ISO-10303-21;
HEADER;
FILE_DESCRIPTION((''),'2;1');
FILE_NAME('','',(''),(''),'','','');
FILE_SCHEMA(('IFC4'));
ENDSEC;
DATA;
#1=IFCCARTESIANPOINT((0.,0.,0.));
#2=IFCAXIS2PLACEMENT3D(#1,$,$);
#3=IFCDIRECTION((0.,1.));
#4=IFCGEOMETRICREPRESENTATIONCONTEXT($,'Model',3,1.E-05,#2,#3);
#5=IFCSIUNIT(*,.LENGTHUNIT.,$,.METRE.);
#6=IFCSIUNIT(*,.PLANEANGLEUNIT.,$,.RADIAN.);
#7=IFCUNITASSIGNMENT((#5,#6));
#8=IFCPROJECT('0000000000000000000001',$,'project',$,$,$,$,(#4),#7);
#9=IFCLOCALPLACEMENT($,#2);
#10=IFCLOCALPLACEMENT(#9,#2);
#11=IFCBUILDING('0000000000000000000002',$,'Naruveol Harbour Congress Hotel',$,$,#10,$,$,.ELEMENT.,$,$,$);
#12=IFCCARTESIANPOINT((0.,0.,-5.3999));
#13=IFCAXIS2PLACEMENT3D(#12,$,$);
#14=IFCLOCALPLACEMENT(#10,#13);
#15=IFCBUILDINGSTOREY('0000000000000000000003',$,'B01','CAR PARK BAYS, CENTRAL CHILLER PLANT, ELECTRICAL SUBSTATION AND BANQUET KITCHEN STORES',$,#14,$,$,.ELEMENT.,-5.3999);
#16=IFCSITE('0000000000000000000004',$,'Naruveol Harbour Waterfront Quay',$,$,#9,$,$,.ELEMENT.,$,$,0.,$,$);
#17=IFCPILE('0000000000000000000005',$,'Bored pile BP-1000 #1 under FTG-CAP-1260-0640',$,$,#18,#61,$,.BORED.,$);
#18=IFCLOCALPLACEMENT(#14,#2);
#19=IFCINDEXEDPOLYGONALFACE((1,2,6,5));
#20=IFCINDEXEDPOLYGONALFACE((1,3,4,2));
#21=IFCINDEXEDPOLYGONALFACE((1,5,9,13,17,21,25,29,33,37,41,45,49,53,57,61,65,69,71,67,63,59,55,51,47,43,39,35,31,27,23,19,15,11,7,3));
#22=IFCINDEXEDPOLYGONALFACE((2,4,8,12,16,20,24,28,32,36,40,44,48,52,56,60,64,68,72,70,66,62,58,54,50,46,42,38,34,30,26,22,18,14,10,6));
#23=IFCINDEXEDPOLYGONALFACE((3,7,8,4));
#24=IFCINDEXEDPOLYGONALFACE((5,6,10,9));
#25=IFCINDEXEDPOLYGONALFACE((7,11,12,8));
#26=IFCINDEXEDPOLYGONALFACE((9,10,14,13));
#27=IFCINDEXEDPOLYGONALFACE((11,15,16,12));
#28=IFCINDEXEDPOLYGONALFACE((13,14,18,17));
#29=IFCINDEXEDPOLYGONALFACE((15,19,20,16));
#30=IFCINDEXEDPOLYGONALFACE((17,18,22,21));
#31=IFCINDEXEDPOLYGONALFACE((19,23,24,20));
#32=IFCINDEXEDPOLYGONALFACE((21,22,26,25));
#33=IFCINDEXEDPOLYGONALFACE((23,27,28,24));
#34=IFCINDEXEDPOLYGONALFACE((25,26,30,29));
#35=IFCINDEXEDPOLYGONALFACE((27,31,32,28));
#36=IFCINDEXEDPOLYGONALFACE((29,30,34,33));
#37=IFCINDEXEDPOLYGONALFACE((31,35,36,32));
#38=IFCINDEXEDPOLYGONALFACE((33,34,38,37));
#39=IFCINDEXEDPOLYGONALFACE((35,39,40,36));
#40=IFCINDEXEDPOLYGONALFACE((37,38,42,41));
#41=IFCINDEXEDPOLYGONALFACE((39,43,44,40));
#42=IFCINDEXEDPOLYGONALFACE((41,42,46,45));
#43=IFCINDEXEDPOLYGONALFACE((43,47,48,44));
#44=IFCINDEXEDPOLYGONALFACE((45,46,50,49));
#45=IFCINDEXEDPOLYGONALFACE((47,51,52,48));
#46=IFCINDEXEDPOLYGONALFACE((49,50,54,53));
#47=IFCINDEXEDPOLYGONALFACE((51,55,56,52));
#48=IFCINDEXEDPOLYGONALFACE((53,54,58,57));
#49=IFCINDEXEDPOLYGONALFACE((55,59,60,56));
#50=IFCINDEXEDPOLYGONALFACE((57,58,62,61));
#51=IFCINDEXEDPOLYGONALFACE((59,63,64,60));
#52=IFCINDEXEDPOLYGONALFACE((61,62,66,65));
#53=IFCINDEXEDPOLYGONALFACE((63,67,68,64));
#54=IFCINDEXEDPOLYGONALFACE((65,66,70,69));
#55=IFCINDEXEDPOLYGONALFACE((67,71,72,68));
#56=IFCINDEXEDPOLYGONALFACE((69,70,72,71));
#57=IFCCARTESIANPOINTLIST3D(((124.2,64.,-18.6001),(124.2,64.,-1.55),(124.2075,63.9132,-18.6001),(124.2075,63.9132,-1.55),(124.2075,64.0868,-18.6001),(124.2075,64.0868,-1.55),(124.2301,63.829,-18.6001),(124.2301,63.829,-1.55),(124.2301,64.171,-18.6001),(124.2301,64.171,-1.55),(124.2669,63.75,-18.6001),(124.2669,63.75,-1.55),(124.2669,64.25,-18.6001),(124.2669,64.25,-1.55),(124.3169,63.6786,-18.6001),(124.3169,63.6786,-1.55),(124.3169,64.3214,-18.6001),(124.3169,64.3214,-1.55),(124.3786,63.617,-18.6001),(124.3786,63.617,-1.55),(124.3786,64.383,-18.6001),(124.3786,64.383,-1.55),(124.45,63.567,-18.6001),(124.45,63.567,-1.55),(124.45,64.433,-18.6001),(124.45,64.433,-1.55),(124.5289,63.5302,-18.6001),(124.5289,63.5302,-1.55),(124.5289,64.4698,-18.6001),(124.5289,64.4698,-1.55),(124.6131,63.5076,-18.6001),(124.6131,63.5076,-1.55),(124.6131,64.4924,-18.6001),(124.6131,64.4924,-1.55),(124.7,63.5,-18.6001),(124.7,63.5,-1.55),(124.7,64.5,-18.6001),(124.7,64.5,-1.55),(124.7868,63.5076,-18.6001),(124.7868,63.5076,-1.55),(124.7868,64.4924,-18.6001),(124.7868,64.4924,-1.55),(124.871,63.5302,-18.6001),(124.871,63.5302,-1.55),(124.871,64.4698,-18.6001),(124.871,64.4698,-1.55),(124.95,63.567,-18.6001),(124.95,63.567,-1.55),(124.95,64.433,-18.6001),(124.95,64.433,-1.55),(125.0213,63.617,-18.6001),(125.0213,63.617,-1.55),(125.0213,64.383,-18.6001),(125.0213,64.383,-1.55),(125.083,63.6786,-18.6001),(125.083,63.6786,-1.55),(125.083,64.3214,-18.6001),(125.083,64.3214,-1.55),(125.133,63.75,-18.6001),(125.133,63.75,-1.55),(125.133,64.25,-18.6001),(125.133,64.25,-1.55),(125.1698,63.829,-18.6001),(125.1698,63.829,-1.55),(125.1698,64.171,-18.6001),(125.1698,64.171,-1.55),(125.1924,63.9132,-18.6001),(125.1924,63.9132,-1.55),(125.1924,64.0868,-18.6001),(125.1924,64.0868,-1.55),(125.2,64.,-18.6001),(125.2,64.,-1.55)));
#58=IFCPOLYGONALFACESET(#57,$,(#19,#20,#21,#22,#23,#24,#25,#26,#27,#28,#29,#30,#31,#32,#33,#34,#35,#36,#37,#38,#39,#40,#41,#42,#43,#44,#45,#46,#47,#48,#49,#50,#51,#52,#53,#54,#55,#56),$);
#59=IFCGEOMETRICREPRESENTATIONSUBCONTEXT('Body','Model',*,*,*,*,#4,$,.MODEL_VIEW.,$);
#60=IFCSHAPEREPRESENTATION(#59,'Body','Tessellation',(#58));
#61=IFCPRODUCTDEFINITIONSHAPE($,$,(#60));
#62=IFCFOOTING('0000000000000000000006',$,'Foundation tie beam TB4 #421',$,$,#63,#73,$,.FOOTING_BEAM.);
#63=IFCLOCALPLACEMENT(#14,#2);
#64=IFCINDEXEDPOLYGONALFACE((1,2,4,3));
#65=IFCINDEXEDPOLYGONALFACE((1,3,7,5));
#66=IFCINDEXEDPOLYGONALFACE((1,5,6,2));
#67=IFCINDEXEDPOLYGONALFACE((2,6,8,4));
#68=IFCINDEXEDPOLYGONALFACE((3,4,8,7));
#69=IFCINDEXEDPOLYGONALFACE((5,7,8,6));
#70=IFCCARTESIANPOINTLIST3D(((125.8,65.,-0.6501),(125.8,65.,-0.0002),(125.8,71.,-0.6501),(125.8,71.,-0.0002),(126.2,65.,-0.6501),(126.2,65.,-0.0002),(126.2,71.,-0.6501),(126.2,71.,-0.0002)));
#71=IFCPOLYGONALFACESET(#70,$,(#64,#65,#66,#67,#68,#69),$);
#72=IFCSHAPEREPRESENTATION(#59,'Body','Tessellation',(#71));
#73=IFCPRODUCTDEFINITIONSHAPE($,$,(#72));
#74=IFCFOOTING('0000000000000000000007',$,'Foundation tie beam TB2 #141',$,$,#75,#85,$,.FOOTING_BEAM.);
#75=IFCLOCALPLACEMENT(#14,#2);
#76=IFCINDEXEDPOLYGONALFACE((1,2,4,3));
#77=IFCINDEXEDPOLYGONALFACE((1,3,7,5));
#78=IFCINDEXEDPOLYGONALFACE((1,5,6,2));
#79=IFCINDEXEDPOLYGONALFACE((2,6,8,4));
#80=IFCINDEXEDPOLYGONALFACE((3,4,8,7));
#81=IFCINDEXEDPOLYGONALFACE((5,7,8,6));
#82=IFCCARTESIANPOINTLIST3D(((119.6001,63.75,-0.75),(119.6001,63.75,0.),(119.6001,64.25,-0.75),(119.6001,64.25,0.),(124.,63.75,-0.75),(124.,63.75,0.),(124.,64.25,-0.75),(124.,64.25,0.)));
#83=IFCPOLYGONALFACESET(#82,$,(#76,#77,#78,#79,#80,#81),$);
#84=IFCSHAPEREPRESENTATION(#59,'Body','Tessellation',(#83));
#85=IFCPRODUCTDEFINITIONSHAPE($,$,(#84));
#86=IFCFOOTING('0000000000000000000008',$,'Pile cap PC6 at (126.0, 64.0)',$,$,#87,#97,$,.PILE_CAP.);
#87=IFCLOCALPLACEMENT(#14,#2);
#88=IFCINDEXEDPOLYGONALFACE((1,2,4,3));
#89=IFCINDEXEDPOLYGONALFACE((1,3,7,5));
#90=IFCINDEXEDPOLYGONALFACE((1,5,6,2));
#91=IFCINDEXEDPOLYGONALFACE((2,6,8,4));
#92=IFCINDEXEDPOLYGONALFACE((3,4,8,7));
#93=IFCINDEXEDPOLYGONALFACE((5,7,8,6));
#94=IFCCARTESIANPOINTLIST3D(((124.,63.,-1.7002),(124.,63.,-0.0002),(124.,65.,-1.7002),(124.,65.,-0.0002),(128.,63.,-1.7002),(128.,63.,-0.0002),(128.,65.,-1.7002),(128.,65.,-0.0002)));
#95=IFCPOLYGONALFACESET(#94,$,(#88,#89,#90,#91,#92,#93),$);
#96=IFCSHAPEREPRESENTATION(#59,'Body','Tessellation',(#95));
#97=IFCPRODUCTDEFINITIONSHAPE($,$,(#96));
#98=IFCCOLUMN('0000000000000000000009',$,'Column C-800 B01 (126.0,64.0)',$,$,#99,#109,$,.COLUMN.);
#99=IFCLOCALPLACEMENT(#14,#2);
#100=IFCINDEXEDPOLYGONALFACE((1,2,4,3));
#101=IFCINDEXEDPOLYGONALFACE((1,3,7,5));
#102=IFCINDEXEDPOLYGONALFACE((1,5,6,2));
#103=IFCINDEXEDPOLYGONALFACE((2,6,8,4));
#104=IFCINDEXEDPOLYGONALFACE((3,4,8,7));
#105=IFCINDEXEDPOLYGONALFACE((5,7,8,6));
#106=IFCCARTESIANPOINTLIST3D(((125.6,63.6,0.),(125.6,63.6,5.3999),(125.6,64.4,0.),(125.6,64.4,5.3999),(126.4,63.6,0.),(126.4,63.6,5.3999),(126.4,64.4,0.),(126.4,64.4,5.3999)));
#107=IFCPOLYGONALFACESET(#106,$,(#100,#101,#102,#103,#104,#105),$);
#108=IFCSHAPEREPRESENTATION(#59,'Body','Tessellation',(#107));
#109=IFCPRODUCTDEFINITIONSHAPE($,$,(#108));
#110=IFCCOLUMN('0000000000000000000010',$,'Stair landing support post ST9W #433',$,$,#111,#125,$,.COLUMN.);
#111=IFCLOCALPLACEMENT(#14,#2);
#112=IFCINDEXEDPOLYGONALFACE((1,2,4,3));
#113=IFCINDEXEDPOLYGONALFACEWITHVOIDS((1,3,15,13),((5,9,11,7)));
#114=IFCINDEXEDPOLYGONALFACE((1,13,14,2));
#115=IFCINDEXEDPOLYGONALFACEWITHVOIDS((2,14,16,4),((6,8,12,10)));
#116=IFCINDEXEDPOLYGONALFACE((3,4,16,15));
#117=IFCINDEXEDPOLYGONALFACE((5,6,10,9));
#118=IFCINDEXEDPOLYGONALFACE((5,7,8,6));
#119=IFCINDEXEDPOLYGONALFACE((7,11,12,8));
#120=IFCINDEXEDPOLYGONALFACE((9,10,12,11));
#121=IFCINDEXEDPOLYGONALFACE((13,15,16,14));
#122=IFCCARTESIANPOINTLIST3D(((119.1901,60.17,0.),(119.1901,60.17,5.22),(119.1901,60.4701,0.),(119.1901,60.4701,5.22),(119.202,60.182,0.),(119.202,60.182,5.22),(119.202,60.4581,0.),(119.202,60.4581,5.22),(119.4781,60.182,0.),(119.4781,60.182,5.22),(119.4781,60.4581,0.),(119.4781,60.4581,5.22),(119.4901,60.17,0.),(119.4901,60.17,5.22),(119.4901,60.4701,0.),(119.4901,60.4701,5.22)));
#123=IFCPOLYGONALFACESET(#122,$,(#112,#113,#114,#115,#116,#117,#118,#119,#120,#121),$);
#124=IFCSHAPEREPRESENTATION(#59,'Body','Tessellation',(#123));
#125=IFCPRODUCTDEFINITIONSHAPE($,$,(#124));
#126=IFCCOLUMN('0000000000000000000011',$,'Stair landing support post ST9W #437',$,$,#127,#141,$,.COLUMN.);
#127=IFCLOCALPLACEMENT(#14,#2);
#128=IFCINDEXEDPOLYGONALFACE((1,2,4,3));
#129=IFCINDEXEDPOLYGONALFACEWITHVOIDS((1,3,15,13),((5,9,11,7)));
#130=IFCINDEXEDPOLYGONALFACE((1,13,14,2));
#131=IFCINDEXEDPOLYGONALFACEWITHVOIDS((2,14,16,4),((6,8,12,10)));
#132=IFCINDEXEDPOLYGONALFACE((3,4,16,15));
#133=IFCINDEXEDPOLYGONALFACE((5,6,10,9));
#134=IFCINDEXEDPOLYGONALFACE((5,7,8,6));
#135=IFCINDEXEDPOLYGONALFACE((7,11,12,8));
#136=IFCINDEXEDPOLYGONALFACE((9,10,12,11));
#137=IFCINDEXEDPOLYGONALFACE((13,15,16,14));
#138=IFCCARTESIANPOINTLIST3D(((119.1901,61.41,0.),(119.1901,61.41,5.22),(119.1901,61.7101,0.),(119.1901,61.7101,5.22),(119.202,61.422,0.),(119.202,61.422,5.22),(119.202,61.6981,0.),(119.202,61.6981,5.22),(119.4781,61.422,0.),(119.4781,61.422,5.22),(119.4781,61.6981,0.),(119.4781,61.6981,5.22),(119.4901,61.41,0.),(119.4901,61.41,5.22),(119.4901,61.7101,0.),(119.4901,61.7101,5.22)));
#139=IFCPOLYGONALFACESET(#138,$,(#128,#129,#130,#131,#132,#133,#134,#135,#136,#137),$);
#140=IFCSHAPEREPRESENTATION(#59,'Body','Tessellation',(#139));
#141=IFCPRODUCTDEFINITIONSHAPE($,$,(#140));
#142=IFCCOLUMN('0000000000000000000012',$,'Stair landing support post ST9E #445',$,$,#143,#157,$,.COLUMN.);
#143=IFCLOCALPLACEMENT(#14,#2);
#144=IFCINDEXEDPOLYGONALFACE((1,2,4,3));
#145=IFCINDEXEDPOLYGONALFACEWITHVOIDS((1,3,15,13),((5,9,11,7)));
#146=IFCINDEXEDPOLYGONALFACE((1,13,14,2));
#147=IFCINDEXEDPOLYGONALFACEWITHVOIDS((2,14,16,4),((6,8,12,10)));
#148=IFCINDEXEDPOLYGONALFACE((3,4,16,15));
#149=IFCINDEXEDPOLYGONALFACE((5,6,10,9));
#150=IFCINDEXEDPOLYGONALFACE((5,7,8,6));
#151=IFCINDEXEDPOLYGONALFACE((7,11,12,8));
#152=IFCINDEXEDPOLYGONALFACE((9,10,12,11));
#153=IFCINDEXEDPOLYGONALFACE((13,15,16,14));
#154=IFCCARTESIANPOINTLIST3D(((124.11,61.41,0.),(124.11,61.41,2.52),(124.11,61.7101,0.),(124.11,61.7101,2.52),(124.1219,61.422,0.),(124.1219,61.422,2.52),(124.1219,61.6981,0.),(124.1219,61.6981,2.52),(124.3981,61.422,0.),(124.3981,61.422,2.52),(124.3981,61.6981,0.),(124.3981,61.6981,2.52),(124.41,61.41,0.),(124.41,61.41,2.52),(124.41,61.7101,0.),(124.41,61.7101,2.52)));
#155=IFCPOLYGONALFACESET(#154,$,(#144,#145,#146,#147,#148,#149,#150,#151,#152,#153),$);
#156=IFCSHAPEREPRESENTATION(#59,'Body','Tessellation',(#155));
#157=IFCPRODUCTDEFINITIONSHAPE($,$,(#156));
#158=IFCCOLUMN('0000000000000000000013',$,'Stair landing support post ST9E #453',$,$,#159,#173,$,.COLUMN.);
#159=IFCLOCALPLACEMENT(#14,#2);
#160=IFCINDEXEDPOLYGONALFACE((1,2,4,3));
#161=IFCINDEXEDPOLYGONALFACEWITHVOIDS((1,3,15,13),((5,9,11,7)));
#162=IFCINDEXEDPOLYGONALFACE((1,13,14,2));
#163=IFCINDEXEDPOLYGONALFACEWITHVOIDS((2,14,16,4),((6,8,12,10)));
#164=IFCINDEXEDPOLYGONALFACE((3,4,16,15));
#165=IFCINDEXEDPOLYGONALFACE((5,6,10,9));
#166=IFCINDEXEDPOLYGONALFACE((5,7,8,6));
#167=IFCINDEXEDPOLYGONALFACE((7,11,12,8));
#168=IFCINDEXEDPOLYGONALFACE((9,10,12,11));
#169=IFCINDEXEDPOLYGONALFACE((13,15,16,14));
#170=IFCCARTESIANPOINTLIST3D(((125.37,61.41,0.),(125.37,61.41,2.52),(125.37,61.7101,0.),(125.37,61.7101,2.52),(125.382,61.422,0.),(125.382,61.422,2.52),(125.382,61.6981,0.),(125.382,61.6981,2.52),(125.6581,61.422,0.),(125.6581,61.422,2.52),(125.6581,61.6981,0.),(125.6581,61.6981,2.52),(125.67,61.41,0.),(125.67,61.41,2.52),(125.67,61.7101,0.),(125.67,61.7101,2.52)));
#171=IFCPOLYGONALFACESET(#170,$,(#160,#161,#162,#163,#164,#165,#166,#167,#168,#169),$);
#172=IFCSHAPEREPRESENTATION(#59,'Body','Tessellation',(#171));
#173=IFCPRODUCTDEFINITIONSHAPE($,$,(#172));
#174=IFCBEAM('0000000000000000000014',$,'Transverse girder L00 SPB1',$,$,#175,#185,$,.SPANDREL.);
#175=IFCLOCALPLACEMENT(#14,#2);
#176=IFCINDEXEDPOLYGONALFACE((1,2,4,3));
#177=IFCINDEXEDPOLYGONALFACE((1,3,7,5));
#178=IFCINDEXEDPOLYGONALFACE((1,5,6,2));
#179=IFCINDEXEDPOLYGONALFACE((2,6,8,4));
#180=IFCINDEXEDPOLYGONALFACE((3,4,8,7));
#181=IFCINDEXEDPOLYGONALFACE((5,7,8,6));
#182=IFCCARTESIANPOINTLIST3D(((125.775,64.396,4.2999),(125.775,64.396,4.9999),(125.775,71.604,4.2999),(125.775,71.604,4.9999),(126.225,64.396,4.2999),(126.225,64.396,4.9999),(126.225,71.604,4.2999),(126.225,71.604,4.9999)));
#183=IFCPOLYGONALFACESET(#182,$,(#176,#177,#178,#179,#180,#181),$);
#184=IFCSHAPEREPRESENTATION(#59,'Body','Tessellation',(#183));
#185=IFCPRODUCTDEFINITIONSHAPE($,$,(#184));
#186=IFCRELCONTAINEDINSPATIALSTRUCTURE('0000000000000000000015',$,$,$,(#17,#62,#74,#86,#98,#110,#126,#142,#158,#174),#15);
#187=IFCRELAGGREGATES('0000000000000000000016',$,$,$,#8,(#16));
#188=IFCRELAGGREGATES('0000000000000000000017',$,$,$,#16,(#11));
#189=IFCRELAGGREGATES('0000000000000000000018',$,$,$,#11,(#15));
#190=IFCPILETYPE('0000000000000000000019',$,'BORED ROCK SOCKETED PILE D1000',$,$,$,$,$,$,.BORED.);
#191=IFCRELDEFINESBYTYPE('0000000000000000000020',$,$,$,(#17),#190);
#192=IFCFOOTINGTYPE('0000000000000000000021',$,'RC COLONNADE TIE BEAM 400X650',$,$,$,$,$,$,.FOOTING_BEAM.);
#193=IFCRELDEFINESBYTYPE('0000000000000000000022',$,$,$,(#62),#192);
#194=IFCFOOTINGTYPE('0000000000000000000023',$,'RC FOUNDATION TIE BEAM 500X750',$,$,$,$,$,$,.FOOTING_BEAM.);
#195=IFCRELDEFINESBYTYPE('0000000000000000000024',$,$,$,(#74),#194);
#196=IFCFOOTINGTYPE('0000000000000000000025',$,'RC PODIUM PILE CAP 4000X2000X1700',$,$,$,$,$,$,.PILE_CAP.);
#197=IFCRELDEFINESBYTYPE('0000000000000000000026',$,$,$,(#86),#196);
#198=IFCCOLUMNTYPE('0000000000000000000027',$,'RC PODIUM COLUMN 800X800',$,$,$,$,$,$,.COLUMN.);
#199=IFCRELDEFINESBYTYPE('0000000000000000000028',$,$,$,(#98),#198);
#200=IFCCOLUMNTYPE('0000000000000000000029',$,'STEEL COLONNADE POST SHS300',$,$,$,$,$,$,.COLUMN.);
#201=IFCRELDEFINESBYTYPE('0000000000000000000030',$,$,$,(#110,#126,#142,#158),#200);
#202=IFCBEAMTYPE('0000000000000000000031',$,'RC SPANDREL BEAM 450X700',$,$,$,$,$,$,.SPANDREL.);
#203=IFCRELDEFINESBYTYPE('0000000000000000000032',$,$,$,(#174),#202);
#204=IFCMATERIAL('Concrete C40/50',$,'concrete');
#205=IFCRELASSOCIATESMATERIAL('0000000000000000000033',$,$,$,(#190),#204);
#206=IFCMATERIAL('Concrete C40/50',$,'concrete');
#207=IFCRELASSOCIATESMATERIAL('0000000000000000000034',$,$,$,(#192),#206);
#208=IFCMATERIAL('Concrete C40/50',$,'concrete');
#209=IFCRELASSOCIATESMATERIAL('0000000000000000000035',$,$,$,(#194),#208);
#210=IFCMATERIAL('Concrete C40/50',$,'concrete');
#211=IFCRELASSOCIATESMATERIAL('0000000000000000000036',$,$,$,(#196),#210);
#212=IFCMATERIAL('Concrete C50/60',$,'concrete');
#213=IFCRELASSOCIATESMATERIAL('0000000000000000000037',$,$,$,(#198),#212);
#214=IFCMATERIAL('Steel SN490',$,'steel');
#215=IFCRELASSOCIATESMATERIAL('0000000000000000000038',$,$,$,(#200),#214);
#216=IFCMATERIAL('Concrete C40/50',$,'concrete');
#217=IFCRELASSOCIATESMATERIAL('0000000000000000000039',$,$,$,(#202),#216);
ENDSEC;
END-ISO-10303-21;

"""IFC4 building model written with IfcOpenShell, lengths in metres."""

from ifc_helpers import new_model, si_unit, direction, frame, origin, origin_2d, place, context, subcontext, project, spatial, rectangle, hollow_rectangle, circle, extrude, material, material_profile, profile_set, type_object, element, save


model = new_model("IFC4")

# Units and contexts
model_context = context("Model", 3, precision=1e-05, world=origin(), true_north=direction((0.0, 1.0)))
body_context = subcontext(model_context, "Body", "Model", "MODEL_VIEW")
ifc_project = project(units=[si_unit("LENGTHUNIT", "METRE"), si_unit("PLANEANGLEUNIT", "RADIAN")], contexts=[model_context])

# Site, building, storey
site_placement = place(None, origin())
site = spatial("IfcSite", under=ifc_project, at=site_placement, Name="Naruveol Harbour Waterfront Quay", CompositionType="ELEMENT", RefElevation=0.0)
building_placement = place(site_placement, origin())
building = spatial("IfcBuilding", under=site, at=building_placement, Name="Naruveol Harbour Congress Hotel", CompositionType="ELEMENT")
storey_placement = place(building_placement, frame((0.0, 0.0, -5.3999)))
storey = spatial("IfcBuildingStorey", under=building, at=storey_placement, Name="B01", Description="CAR PARK BAYS, CENTRAL CHILLER PLANT, ELECTRICAL SUBSTATION AND BANQUET KITCHEN STORES", CompositionType="ELEMENT", Elevation=-5.3999)

# Pile
ifc_material_1 = material(Name="Concrete C40/50", Category="concrete")
ifc_material_profile_1 = material_profile(ifc_material_1, circle(Radius=0.5, at=origin_2d()), Name="BP-1000")
ifc_profile_set_1 = profile_set([ifc_material_profile_1], Name="Concrete C40/50")
pile_type = type_object("IfcPileType", Name="BORED ROCK SOCKETED PILE D1000", PredefinedType="BORED", material=ifc_profile_set_1)
pile_placement = place(storey_placement, frame((124.7, 64.0, -1.55), z_axis=(0.0, 0.0, -1.0), x_axis=(1.0, 0.0, 0.0)))
element("IfcPile", 1, at=pile_placement, inside=storey, type_object=pile_type, Name="Bored pile BP-1000 #1 under FTG-CAP-1260-0640", PredefinedType="BORED", context=body_context, shape_type="SweptSolid", body=[
    extrude(circle(Radius=0.5, at=origin_2d()), origin(), (0.0, 0.0, 1.0), 17.05),
])

# Footings
ifc_material_2 = material(Name="Concrete C40/50", Category="concrete")
ifc_material_profile_2 = material_profile(ifc_material_2, rectangle(XDim=0.3999, YDim=0.6499, at=origin_2d()), Name="RCB-400x650")
ifc_profile_set_2 = profile_set([ifc_material_profile_2], Name="Concrete C40/50")
footing_type_1 = type_object("IfcFootingType", Name="RC COLONNADE TIE BEAM 400X650", PredefinedType="FOOTING_BEAM", material=ifc_profile_set_2)
footing_1_placement = place(storey_placement, frame((126.0, 65.0, -0.3252), z_axis=(0.0, 1.0, 0.0), x_axis=(-1.0, 0.0, 0.0)))
element("IfcFooting", 2, at=footing_1_placement, inside=storey, type_object=footing_type_1, Name="Foundation tie beam TB4 #421", PredefinedType="FOOTING_BEAM", context=body_context, shape_type="SweptSolid", body=[
    extrude(rectangle(XDim=0.3999, YDim=0.6499, at=origin_2d()), origin(), (0.0, 0.0, 1.0), 6.0),
])
ifc_material_3 = material(Name="Concrete C40/50", Category="concrete")
ifc_material_profile_3 = material_profile(ifc_material_3, rectangle(XDim=0.5, YDim=0.75, at=origin_2d()), Name="RCB-500x750")
ifc_profile_set_3 = profile_set([ifc_material_profile_3], Name="Concrete C40/50")
footing_type_2 = type_object("IfcFootingType", Name="RC FOUNDATION TIE BEAM 500X750", PredefinedType="FOOTING_BEAM", material=ifc_profile_set_3)
footing_2_placement = place(storey_placement, frame((119.6001, 64.0, -0.375), z_axis=(1.0, 0.0, 0.0), x_axis=(0.0, 1.0, 0.0)))
element("IfcFooting", 3, at=footing_2_placement, inside=storey, type_object=footing_type_2, Name="Foundation tie beam TB2 #141", PredefinedType="FOOTING_BEAM", context=body_context, shape_type="SweptSolid", body=[
    extrude(rectangle(XDim=0.5, YDim=0.75, at=origin_2d()), origin(), (0.0, 0.0, 1.0), 4.3999),
])
ifc_material_4 = material(Name="Concrete C40/50", Category="concrete")
footing_type_3 = type_object("IfcFootingType", Name="RC PODIUM PILE CAP 4000X2000X1700", PredefinedType="PILE_CAP", material=ifc_material_4)
footing_3_placement = place(storey_placement, frame((126.0, 64.0, -1.7002), z_axis=(0.0, 0.0, 1.0), x_axis=(1.0, 0.0, 0.0)))
element("IfcFooting", 4, at=footing_3_placement, inside=storey, type_object=footing_type_3, Name="Pile cap PC6 at (126.0, 64.0)", PredefinedType="PILE_CAP", context=body_context, shape_type="SweptSolid", body=[
    extrude(rectangle(XDim=4.0, YDim=2.0, at=origin_2d()), origin(), (0.0, 0.0, 1.0), 1.7),
])

# Columns
ifc_material_5 = material(Name="Concrete C50/60", Category="concrete")
ifc_material_profile_4 = material_profile(ifc_material_5, rectangle(XDim=0.8, YDim=0.8, at=origin_2d()), Name="RC-800x800")
ifc_profile_set_4 = profile_set([ifc_material_profile_4], Name="Concrete C50/60")
column_type_1 = type_object("IfcColumnType", Name="RC PODIUM COLUMN 800X800", PredefinedType="COLUMN", material=ifc_profile_set_4)
column_placement = place(storey_placement, frame((126.0, 64.0, 0.0), z_axis=(0.0, 0.0, 1.0), x_axis=(1.0, 0.0, 0.0)))
element("IfcColumn", 5, at=column_placement, inside=storey, type_object=column_type_1, Name="Column C-800 B01 (126.0,64.0)", PredefinedType="COLUMN", context=body_context, shape_type="SweptSolid", body=[
    extrude(rectangle(XDim=0.8, YDim=0.8, at=origin_2d()), origin(), (0.0, 0.0, 1.0), 5.3999),
])
ifc_material_6 = material(Name="Steel SN490", Category="steel")
ifc_material_profile_5 = material_profile(ifc_material_6, hollow_rectangle(XDim=0.3, YDim=0.3, WallThickness=0.012, at=origin_2d()), Name="SHS-300x300x12")
ifc_profile_set_5 = profile_set([ifc_material_profile_5], Name="Steel SN490")
column_type_2 = type_object("IfcColumnType", Name="STEEL COLONNADE POST SHS300", PredefinedType="COLUMN", material=ifc_profile_set_5)
for number, where, z_axis, x_axis, name in (
    (6, (119.3401, 60.3201, 0.0), (0.0, 0.0, 1.0), (1.0, 0.0, 0.0), "Stair landing support post ST9W #433"),
    (7, (119.3401, 61.5601, 0.0), (0.0, 0.0, 1.0), (1.0, 0.0, 0.0), "Stair landing support post ST9W #437"),
):
    element("IfcColumn", number, at=place(storey_placement, frame(where, z_axis=z_axis, x_axis=x_axis)), inside=storey, type_object=column_type_2, Name=name, PredefinedType="COLUMN", context=body_context, shape_type="SweptSolid", body=[
        extrude(hollow_rectangle(XDim=0.3, YDim=0.3, WallThickness=0.012, at=origin_2d()), origin(), (0.0, 0.0, 1.0), 5.22),
    ])
for number, where, z_axis, x_axis, name in (
    (8, (124.26, 61.5601, 0.0), (0.0, 0.0, 1.0), (1.0, 0.0, 0.0), "Stair landing support post ST9E #445"),
    (9, (125.52, 61.5601, 0.0), (0.0, 0.0, 1.0), (1.0, 0.0, 0.0), "Stair landing support post ST9E #453"),
):
    element("IfcColumn", number, at=place(storey_placement, frame(where, z_axis=z_axis, x_axis=x_axis)), inside=storey, type_object=column_type_2, Name=name, PredefinedType="COLUMN", context=body_context, shape_type="SweptSolid", body=[
        extrude(hollow_rectangle(XDim=0.3, YDim=0.3, WallThickness=0.012, at=origin_2d()), origin(), (0.0, 0.0, 1.0), 2.52),
    ])

# Beam
ifc_material_7 = material(Name="Concrete C40/50", Category="concrete")
ifc_material_profile_6 = material_profile(ifc_material_7, rectangle(XDim=0.45, YDim=0.7, at=origin_2d()), Name="RCB-450x700")
ifc_profile_set_6 = profile_set([ifc_material_profile_6], Name="Concrete C40/50")
beam_type_1 = type_object("IfcBeamType", Name="RC SPANDREL BEAM 450X700", PredefinedType="SPANDREL", material=ifc_profile_set_6)
beam_1_placement = place(storey_placement, frame((126.0, 64.396, 4.6499), z_axis=(0.0, 1.0, 0.0), x_axis=(-1.0, 0.0, 0.0)))
element("IfcBeam", 10, at=beam_1_placement, inside=storey, type_object=beam_type_1, Name="Transverse girder L00 SPB1", PredefinedType="SPANDREL", context=body_context, shape_type="SweptSolid", body=[
    extrude(rectangle(XDim=0.45, YDim=0.7, at=origin_2d()), origin(), (0.0, 0.0, 1.0), 7.208),
])

save(model, "model.ifc")
